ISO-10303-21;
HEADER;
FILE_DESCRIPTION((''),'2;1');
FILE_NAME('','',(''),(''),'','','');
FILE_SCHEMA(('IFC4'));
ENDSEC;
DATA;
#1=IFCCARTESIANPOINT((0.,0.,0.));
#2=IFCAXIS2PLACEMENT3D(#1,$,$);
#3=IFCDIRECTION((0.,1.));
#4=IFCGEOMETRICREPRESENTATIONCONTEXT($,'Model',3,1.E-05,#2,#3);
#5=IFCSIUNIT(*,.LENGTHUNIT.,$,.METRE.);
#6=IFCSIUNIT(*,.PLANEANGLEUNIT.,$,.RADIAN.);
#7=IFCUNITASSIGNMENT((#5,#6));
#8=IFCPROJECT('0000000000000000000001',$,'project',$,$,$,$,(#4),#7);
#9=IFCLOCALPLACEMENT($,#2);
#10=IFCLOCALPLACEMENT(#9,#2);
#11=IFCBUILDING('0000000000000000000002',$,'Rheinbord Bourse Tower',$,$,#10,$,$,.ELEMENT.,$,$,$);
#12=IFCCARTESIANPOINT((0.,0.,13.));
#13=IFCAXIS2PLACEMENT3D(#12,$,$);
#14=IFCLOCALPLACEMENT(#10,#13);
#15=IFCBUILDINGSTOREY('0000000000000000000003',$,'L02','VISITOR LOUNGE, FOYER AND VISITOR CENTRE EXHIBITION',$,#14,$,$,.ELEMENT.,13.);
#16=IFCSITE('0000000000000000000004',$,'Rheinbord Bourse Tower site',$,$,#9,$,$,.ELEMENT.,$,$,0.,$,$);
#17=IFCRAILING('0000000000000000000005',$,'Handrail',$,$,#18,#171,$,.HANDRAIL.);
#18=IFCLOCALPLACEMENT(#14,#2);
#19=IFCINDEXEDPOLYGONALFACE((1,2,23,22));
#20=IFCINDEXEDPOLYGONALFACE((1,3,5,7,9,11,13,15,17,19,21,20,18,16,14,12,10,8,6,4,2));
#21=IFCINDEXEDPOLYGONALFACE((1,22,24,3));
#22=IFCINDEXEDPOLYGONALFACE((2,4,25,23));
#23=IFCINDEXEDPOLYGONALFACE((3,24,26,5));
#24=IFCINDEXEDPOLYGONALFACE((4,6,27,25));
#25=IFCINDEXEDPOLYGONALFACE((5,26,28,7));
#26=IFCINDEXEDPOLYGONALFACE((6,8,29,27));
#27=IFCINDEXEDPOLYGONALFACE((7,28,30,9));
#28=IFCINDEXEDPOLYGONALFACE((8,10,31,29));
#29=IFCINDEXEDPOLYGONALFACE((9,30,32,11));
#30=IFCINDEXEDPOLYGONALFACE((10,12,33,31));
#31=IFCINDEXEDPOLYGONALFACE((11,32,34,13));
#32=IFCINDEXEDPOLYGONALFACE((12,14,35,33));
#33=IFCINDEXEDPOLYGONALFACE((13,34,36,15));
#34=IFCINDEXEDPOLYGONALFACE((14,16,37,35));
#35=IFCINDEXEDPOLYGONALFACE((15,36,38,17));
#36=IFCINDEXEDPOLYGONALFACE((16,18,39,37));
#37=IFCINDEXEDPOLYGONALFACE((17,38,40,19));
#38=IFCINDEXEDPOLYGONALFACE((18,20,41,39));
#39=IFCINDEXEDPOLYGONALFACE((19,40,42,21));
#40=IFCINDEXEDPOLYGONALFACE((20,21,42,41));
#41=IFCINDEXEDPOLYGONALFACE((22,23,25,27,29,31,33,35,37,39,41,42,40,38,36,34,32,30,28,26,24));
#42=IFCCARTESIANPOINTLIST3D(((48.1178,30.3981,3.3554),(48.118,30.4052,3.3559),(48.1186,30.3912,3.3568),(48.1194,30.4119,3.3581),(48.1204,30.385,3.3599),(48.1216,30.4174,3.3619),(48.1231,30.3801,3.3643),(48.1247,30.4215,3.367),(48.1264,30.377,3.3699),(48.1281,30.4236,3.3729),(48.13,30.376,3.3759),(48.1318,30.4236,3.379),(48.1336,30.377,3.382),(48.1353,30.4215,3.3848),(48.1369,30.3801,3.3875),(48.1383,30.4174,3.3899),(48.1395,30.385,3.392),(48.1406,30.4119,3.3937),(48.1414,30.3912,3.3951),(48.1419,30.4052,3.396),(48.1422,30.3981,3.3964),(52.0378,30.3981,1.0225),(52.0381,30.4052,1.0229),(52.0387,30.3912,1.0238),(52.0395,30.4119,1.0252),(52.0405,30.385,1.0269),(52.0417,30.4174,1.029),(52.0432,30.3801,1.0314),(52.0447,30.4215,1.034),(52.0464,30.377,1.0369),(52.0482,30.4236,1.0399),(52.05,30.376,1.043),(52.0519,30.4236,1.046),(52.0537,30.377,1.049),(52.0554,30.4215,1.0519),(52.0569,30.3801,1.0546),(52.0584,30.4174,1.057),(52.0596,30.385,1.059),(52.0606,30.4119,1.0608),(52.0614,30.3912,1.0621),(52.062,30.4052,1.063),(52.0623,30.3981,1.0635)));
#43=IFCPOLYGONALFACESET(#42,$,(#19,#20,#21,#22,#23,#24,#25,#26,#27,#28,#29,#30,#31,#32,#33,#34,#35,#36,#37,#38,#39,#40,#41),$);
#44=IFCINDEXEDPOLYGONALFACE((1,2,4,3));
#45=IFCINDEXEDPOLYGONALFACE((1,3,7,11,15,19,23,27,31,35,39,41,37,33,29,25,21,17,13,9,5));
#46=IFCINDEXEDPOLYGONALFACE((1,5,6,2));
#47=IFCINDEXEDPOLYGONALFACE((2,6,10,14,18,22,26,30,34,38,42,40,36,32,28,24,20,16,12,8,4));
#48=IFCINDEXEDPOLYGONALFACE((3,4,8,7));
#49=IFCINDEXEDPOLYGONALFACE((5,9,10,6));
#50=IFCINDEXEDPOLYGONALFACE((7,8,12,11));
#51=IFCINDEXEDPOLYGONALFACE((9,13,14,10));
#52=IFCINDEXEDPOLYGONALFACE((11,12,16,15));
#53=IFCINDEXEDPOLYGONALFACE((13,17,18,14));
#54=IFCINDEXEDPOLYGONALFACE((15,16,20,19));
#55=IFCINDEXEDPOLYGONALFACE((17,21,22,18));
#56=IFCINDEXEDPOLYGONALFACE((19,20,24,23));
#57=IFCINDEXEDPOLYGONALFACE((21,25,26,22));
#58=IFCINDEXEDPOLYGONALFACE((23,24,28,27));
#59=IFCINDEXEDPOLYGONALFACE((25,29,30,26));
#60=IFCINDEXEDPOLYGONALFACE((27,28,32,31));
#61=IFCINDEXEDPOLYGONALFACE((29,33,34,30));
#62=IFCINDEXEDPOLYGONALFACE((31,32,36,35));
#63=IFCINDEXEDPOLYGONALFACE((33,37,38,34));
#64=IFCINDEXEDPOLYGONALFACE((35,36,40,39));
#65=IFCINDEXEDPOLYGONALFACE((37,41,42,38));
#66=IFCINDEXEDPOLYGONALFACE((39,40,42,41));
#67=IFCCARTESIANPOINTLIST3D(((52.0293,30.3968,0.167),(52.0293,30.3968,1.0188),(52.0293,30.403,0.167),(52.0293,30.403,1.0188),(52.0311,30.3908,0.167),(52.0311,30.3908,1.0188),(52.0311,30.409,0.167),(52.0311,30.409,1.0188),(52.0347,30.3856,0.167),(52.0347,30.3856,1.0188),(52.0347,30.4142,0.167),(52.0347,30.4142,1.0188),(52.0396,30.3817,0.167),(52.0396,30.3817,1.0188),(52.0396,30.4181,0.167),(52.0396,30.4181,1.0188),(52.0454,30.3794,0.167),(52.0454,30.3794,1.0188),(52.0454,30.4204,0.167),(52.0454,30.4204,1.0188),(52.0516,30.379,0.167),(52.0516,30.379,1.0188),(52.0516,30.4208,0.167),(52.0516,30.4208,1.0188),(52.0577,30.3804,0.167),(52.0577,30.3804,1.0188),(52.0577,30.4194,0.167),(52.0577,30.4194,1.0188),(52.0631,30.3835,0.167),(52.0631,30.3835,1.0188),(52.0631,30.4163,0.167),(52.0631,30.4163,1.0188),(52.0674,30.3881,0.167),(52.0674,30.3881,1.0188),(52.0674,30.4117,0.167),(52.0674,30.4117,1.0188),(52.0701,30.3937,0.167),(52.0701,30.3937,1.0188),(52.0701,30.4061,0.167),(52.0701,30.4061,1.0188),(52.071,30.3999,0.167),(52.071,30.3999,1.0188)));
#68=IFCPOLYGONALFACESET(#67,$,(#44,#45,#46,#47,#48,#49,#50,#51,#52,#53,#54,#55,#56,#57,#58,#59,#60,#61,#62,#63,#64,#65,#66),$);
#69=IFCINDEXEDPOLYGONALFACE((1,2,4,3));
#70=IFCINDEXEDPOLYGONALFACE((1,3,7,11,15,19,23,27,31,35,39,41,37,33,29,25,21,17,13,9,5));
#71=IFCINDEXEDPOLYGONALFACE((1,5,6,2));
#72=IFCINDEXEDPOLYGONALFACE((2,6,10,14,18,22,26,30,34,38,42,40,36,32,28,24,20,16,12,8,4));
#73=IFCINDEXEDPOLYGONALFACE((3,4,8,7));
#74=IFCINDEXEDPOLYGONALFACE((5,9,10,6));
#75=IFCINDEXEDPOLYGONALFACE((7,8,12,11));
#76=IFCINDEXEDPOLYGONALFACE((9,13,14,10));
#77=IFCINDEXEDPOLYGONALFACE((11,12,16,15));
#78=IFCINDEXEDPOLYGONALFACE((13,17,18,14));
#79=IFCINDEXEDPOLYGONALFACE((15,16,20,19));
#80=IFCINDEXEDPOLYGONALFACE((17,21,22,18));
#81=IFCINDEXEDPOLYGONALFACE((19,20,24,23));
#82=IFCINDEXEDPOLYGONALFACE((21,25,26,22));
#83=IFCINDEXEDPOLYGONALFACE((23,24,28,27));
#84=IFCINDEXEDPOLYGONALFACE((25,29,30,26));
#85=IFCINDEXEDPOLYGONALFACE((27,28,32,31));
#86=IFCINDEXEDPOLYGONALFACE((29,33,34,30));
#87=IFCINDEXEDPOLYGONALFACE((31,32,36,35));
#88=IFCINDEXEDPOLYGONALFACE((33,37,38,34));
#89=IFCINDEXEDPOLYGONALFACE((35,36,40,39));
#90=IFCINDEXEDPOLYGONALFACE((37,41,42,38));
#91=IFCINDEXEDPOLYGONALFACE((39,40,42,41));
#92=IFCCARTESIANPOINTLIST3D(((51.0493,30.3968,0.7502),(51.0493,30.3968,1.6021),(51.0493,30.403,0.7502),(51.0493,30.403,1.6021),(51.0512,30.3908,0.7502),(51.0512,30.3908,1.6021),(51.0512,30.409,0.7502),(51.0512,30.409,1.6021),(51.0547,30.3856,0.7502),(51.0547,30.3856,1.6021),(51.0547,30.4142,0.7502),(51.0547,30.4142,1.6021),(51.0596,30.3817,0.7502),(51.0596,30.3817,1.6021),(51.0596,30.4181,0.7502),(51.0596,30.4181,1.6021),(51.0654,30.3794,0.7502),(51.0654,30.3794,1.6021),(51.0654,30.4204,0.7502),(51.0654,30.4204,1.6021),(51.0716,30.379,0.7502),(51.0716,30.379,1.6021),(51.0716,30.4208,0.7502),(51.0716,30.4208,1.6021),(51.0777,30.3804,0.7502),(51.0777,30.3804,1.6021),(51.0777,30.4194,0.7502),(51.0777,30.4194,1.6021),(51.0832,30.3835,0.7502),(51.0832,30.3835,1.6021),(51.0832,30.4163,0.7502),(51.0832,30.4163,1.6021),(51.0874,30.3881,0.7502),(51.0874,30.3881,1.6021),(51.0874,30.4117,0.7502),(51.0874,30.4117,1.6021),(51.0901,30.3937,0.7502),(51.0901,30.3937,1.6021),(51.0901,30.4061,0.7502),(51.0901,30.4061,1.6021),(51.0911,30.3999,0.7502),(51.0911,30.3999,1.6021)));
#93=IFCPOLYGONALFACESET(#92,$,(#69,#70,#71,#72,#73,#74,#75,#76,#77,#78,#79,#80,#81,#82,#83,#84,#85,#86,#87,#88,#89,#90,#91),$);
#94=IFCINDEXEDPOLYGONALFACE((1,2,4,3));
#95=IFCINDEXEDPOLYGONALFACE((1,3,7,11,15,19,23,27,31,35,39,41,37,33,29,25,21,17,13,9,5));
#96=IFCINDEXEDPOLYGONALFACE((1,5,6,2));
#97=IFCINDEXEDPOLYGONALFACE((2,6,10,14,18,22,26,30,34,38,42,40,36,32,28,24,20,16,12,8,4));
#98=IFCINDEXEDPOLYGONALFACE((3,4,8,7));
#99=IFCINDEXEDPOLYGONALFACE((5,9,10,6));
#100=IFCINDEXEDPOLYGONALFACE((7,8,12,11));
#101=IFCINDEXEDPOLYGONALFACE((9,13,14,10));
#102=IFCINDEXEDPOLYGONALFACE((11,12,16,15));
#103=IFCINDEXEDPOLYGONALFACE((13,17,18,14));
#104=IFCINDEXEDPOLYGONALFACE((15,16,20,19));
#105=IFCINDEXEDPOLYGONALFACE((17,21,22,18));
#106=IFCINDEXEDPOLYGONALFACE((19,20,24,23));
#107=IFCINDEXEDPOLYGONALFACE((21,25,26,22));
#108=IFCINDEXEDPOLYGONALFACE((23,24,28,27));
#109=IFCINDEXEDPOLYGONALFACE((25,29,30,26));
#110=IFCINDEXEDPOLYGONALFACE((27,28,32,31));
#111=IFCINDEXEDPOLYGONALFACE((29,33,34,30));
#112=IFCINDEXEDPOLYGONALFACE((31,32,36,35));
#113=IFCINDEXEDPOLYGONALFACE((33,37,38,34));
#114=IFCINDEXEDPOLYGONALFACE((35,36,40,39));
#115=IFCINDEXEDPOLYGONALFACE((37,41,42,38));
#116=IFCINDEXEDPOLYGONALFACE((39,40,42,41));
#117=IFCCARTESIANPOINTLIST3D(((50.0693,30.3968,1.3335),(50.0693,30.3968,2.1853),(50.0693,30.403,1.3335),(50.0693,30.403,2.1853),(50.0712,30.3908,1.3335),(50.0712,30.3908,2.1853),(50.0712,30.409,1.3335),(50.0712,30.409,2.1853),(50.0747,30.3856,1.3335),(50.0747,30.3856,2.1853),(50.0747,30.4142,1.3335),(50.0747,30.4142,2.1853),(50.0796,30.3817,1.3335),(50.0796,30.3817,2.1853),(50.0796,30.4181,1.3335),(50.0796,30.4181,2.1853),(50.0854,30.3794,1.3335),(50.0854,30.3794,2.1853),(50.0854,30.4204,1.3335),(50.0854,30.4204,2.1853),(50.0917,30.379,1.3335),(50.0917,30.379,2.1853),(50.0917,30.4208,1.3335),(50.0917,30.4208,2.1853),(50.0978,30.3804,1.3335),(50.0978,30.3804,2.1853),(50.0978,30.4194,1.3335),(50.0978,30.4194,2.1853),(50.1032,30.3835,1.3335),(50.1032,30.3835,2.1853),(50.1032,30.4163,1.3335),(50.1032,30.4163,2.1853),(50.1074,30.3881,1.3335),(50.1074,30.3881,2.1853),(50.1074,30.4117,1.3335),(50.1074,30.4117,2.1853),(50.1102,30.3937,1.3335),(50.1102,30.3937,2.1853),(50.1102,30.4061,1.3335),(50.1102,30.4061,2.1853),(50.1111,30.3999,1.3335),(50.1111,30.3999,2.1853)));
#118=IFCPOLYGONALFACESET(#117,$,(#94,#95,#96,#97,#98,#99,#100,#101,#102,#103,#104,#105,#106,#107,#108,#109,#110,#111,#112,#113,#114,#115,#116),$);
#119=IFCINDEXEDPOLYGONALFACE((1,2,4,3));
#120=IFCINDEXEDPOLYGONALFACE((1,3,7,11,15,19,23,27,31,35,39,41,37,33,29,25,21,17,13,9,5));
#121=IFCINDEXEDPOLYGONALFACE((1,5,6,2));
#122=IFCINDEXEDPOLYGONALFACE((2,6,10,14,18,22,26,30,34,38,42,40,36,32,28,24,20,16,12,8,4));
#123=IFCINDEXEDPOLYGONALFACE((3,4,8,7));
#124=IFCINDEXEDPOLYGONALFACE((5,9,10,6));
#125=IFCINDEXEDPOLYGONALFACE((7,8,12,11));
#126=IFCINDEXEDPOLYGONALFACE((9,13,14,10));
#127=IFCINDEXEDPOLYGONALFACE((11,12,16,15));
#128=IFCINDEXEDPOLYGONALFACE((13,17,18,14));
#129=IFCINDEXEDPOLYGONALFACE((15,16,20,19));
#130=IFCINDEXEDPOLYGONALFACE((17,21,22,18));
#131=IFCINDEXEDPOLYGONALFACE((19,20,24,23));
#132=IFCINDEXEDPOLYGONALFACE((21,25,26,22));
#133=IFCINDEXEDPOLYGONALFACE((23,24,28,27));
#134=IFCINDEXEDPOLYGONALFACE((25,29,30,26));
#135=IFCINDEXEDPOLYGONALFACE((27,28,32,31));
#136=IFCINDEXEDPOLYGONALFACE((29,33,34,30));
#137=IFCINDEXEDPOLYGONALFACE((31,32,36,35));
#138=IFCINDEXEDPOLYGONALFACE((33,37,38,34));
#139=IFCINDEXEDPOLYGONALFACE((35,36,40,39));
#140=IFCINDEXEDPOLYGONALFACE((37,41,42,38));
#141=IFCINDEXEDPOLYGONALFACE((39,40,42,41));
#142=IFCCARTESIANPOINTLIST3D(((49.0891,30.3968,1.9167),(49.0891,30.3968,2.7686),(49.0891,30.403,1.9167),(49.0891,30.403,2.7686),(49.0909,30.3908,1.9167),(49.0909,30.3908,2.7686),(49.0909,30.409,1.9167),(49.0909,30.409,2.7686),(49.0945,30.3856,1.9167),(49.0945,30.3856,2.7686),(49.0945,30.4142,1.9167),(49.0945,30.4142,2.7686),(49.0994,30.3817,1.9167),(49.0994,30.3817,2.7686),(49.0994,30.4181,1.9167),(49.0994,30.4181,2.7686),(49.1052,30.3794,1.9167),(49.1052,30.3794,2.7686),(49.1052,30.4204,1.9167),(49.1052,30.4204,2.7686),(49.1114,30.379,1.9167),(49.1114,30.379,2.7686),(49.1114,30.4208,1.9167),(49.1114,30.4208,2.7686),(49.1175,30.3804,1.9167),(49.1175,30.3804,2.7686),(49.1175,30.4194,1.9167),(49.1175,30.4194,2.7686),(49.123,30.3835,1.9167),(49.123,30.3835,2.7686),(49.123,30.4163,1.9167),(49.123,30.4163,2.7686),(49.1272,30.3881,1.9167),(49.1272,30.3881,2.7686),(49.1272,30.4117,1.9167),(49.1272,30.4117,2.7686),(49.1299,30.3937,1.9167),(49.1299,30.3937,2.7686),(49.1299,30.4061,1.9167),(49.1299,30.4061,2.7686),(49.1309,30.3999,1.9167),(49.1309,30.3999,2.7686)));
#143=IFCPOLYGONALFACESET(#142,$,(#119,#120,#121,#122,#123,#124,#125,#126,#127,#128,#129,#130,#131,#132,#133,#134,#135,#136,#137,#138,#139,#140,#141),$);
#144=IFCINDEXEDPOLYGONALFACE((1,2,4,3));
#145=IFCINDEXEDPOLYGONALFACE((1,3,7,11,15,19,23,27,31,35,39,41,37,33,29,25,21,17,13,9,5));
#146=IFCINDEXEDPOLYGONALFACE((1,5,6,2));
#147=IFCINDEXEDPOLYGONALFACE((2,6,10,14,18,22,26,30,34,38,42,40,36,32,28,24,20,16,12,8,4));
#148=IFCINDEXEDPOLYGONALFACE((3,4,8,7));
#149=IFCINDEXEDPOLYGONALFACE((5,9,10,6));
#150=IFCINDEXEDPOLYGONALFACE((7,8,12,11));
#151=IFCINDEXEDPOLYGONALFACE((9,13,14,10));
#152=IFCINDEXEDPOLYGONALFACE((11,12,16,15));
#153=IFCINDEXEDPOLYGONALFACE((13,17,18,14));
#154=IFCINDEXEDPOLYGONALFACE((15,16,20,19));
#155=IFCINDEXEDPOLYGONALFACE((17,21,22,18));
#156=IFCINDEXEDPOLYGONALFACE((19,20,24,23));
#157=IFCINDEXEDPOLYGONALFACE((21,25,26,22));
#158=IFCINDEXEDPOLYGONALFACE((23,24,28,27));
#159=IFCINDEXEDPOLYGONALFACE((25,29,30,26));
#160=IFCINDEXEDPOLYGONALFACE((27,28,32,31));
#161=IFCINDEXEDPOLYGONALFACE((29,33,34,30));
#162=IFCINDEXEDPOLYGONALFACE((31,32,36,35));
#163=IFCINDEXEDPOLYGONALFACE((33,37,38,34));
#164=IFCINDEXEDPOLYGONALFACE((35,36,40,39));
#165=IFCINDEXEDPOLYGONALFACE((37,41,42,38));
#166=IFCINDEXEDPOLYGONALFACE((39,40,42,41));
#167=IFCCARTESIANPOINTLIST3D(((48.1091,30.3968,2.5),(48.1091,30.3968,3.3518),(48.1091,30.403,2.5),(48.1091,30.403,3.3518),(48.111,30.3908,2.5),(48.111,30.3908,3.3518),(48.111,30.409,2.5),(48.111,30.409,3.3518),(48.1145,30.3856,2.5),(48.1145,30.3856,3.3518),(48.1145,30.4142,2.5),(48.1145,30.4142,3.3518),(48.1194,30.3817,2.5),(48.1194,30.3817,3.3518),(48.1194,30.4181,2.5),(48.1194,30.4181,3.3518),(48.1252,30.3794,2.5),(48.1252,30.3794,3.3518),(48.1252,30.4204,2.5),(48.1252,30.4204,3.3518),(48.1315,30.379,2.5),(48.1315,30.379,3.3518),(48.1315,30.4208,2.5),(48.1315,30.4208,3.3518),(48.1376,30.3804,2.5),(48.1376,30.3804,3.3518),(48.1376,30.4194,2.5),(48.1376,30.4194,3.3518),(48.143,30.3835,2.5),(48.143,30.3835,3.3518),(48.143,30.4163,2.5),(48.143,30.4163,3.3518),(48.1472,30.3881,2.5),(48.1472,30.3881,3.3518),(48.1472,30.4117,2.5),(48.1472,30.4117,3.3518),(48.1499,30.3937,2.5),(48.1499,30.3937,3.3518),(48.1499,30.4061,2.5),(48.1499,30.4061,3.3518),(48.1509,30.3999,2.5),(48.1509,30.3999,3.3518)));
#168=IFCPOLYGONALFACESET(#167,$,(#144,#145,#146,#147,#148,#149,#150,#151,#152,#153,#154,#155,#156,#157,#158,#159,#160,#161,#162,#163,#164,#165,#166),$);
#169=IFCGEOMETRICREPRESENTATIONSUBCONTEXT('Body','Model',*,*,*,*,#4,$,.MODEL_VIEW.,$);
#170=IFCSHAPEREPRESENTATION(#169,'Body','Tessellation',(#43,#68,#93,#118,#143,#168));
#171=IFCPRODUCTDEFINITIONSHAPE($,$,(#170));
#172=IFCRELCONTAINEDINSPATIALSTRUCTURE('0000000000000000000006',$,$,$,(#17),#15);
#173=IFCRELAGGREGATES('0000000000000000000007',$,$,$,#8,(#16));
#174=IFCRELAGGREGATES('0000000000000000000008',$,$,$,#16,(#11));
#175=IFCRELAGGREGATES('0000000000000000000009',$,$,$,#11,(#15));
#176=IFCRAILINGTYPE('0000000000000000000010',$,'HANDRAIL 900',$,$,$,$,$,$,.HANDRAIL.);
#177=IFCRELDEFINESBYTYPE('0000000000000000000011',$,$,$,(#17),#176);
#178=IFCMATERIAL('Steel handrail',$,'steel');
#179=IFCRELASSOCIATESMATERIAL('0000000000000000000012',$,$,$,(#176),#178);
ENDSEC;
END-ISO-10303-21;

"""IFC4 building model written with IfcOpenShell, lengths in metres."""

from ifc_helpers import new_model, si_unit, direction, frame, origin, origin_2d, place, context, subcontext, project, spatial, circle, extrude, material, type_object, element, save


model = new_model("IFC4")

# Units and contexts
model_context = context("Model", 3, precision=1e-05, world=origin(), true_north=direction((0.0, 1.0)))
body_context = subcontext(model_context, "Body", "Model", "MODEL_VIEW")
ifc_project = project(units=[si_unit("LENGTHUNIT", "METRE"), si_unit("PLANEANGLEUNIT", "RADIAN")], contexts=[model_context])

# Site, building, storey
site_placement = place(None, origin())
site = spatial("IfcSite", under=ifc_project, at=site_placement, Name="Rheinbord Bourse Tower site", CompositionType="ELEMENT", RefElevation=0.0)
building_placement = place(site_placement, origin())
building = spatial("IfcBuilding", under=site, at=building_placement, Name="Rheinbord Bourse Tower", CompositionType="ELEMENT")
storey_placement = place(building_placement, frame((0.0, 0.0, 13.0)))
storey = spatial("IfcBuildingStorey", under=building, at=storey_placement, Name="L02", Description="VISITOR LOUNGE, FOYER AND VISITOR CENTRE EXHIBITION", CompositionType="ELEMENT", Elevation=13.0)

# Railing
ifc_material_1 = material(Name="Steel handrail", Category="steel")
railing_type = type_object("IfcRailingType", Name="HANDRAIL 900", PredefinedType="HANDRAIL", material=ifc_material_1)
railing_placement = place(storey_placement, frame((52.05, 30.3999, 0.167)))
element("IfcRailing", 1, at=railing_placement, inside=storey, type_object=railing_type, Name="Handrail", PredefinedType="HANDRAIL", context=body_context, shape_type="SweptSolid", body=[
    extrude(circle(Radius=0.0239, at=origin_2d()), frame((0.0, 0.0, 0.876), z_axis=(-0.859334, 0.0, 0.511415), x_axis=(0.0, -1.0, 0.0)), (0.0, 0.0, 1.0), 4.5618),
    extrude(circle(Radius=0.021, at=origin_2d()), origin(), (0.0, 0.0, 1.0), 0.8518),
    extrude(circle(Radius=0.021, at=origin_2d()), frame((-0.98, 0.0, 0.5833)), (0.0, 0.0, 1.0), 0.8518),
    extrude(circle(Radius=0.021, at=origin_2d()), frame((-1.96, 0.0, 1.1665)), (0.0, 0.0, 1.0), 0.8518),
    extrude(circle(Radius=0.021, at=origin_2d()), frame((-2.9402, 0.0, 1.7498)), (0.0, 0.0, 1.0), 0.8518),
    extrude(circle(Radius=0.021, at=origin_2d()), frame((-3.9202, 0.0, 2.333)), (0.0, 0.0, 1.0), 0.8518),
])

save(model, "model.ifc")
